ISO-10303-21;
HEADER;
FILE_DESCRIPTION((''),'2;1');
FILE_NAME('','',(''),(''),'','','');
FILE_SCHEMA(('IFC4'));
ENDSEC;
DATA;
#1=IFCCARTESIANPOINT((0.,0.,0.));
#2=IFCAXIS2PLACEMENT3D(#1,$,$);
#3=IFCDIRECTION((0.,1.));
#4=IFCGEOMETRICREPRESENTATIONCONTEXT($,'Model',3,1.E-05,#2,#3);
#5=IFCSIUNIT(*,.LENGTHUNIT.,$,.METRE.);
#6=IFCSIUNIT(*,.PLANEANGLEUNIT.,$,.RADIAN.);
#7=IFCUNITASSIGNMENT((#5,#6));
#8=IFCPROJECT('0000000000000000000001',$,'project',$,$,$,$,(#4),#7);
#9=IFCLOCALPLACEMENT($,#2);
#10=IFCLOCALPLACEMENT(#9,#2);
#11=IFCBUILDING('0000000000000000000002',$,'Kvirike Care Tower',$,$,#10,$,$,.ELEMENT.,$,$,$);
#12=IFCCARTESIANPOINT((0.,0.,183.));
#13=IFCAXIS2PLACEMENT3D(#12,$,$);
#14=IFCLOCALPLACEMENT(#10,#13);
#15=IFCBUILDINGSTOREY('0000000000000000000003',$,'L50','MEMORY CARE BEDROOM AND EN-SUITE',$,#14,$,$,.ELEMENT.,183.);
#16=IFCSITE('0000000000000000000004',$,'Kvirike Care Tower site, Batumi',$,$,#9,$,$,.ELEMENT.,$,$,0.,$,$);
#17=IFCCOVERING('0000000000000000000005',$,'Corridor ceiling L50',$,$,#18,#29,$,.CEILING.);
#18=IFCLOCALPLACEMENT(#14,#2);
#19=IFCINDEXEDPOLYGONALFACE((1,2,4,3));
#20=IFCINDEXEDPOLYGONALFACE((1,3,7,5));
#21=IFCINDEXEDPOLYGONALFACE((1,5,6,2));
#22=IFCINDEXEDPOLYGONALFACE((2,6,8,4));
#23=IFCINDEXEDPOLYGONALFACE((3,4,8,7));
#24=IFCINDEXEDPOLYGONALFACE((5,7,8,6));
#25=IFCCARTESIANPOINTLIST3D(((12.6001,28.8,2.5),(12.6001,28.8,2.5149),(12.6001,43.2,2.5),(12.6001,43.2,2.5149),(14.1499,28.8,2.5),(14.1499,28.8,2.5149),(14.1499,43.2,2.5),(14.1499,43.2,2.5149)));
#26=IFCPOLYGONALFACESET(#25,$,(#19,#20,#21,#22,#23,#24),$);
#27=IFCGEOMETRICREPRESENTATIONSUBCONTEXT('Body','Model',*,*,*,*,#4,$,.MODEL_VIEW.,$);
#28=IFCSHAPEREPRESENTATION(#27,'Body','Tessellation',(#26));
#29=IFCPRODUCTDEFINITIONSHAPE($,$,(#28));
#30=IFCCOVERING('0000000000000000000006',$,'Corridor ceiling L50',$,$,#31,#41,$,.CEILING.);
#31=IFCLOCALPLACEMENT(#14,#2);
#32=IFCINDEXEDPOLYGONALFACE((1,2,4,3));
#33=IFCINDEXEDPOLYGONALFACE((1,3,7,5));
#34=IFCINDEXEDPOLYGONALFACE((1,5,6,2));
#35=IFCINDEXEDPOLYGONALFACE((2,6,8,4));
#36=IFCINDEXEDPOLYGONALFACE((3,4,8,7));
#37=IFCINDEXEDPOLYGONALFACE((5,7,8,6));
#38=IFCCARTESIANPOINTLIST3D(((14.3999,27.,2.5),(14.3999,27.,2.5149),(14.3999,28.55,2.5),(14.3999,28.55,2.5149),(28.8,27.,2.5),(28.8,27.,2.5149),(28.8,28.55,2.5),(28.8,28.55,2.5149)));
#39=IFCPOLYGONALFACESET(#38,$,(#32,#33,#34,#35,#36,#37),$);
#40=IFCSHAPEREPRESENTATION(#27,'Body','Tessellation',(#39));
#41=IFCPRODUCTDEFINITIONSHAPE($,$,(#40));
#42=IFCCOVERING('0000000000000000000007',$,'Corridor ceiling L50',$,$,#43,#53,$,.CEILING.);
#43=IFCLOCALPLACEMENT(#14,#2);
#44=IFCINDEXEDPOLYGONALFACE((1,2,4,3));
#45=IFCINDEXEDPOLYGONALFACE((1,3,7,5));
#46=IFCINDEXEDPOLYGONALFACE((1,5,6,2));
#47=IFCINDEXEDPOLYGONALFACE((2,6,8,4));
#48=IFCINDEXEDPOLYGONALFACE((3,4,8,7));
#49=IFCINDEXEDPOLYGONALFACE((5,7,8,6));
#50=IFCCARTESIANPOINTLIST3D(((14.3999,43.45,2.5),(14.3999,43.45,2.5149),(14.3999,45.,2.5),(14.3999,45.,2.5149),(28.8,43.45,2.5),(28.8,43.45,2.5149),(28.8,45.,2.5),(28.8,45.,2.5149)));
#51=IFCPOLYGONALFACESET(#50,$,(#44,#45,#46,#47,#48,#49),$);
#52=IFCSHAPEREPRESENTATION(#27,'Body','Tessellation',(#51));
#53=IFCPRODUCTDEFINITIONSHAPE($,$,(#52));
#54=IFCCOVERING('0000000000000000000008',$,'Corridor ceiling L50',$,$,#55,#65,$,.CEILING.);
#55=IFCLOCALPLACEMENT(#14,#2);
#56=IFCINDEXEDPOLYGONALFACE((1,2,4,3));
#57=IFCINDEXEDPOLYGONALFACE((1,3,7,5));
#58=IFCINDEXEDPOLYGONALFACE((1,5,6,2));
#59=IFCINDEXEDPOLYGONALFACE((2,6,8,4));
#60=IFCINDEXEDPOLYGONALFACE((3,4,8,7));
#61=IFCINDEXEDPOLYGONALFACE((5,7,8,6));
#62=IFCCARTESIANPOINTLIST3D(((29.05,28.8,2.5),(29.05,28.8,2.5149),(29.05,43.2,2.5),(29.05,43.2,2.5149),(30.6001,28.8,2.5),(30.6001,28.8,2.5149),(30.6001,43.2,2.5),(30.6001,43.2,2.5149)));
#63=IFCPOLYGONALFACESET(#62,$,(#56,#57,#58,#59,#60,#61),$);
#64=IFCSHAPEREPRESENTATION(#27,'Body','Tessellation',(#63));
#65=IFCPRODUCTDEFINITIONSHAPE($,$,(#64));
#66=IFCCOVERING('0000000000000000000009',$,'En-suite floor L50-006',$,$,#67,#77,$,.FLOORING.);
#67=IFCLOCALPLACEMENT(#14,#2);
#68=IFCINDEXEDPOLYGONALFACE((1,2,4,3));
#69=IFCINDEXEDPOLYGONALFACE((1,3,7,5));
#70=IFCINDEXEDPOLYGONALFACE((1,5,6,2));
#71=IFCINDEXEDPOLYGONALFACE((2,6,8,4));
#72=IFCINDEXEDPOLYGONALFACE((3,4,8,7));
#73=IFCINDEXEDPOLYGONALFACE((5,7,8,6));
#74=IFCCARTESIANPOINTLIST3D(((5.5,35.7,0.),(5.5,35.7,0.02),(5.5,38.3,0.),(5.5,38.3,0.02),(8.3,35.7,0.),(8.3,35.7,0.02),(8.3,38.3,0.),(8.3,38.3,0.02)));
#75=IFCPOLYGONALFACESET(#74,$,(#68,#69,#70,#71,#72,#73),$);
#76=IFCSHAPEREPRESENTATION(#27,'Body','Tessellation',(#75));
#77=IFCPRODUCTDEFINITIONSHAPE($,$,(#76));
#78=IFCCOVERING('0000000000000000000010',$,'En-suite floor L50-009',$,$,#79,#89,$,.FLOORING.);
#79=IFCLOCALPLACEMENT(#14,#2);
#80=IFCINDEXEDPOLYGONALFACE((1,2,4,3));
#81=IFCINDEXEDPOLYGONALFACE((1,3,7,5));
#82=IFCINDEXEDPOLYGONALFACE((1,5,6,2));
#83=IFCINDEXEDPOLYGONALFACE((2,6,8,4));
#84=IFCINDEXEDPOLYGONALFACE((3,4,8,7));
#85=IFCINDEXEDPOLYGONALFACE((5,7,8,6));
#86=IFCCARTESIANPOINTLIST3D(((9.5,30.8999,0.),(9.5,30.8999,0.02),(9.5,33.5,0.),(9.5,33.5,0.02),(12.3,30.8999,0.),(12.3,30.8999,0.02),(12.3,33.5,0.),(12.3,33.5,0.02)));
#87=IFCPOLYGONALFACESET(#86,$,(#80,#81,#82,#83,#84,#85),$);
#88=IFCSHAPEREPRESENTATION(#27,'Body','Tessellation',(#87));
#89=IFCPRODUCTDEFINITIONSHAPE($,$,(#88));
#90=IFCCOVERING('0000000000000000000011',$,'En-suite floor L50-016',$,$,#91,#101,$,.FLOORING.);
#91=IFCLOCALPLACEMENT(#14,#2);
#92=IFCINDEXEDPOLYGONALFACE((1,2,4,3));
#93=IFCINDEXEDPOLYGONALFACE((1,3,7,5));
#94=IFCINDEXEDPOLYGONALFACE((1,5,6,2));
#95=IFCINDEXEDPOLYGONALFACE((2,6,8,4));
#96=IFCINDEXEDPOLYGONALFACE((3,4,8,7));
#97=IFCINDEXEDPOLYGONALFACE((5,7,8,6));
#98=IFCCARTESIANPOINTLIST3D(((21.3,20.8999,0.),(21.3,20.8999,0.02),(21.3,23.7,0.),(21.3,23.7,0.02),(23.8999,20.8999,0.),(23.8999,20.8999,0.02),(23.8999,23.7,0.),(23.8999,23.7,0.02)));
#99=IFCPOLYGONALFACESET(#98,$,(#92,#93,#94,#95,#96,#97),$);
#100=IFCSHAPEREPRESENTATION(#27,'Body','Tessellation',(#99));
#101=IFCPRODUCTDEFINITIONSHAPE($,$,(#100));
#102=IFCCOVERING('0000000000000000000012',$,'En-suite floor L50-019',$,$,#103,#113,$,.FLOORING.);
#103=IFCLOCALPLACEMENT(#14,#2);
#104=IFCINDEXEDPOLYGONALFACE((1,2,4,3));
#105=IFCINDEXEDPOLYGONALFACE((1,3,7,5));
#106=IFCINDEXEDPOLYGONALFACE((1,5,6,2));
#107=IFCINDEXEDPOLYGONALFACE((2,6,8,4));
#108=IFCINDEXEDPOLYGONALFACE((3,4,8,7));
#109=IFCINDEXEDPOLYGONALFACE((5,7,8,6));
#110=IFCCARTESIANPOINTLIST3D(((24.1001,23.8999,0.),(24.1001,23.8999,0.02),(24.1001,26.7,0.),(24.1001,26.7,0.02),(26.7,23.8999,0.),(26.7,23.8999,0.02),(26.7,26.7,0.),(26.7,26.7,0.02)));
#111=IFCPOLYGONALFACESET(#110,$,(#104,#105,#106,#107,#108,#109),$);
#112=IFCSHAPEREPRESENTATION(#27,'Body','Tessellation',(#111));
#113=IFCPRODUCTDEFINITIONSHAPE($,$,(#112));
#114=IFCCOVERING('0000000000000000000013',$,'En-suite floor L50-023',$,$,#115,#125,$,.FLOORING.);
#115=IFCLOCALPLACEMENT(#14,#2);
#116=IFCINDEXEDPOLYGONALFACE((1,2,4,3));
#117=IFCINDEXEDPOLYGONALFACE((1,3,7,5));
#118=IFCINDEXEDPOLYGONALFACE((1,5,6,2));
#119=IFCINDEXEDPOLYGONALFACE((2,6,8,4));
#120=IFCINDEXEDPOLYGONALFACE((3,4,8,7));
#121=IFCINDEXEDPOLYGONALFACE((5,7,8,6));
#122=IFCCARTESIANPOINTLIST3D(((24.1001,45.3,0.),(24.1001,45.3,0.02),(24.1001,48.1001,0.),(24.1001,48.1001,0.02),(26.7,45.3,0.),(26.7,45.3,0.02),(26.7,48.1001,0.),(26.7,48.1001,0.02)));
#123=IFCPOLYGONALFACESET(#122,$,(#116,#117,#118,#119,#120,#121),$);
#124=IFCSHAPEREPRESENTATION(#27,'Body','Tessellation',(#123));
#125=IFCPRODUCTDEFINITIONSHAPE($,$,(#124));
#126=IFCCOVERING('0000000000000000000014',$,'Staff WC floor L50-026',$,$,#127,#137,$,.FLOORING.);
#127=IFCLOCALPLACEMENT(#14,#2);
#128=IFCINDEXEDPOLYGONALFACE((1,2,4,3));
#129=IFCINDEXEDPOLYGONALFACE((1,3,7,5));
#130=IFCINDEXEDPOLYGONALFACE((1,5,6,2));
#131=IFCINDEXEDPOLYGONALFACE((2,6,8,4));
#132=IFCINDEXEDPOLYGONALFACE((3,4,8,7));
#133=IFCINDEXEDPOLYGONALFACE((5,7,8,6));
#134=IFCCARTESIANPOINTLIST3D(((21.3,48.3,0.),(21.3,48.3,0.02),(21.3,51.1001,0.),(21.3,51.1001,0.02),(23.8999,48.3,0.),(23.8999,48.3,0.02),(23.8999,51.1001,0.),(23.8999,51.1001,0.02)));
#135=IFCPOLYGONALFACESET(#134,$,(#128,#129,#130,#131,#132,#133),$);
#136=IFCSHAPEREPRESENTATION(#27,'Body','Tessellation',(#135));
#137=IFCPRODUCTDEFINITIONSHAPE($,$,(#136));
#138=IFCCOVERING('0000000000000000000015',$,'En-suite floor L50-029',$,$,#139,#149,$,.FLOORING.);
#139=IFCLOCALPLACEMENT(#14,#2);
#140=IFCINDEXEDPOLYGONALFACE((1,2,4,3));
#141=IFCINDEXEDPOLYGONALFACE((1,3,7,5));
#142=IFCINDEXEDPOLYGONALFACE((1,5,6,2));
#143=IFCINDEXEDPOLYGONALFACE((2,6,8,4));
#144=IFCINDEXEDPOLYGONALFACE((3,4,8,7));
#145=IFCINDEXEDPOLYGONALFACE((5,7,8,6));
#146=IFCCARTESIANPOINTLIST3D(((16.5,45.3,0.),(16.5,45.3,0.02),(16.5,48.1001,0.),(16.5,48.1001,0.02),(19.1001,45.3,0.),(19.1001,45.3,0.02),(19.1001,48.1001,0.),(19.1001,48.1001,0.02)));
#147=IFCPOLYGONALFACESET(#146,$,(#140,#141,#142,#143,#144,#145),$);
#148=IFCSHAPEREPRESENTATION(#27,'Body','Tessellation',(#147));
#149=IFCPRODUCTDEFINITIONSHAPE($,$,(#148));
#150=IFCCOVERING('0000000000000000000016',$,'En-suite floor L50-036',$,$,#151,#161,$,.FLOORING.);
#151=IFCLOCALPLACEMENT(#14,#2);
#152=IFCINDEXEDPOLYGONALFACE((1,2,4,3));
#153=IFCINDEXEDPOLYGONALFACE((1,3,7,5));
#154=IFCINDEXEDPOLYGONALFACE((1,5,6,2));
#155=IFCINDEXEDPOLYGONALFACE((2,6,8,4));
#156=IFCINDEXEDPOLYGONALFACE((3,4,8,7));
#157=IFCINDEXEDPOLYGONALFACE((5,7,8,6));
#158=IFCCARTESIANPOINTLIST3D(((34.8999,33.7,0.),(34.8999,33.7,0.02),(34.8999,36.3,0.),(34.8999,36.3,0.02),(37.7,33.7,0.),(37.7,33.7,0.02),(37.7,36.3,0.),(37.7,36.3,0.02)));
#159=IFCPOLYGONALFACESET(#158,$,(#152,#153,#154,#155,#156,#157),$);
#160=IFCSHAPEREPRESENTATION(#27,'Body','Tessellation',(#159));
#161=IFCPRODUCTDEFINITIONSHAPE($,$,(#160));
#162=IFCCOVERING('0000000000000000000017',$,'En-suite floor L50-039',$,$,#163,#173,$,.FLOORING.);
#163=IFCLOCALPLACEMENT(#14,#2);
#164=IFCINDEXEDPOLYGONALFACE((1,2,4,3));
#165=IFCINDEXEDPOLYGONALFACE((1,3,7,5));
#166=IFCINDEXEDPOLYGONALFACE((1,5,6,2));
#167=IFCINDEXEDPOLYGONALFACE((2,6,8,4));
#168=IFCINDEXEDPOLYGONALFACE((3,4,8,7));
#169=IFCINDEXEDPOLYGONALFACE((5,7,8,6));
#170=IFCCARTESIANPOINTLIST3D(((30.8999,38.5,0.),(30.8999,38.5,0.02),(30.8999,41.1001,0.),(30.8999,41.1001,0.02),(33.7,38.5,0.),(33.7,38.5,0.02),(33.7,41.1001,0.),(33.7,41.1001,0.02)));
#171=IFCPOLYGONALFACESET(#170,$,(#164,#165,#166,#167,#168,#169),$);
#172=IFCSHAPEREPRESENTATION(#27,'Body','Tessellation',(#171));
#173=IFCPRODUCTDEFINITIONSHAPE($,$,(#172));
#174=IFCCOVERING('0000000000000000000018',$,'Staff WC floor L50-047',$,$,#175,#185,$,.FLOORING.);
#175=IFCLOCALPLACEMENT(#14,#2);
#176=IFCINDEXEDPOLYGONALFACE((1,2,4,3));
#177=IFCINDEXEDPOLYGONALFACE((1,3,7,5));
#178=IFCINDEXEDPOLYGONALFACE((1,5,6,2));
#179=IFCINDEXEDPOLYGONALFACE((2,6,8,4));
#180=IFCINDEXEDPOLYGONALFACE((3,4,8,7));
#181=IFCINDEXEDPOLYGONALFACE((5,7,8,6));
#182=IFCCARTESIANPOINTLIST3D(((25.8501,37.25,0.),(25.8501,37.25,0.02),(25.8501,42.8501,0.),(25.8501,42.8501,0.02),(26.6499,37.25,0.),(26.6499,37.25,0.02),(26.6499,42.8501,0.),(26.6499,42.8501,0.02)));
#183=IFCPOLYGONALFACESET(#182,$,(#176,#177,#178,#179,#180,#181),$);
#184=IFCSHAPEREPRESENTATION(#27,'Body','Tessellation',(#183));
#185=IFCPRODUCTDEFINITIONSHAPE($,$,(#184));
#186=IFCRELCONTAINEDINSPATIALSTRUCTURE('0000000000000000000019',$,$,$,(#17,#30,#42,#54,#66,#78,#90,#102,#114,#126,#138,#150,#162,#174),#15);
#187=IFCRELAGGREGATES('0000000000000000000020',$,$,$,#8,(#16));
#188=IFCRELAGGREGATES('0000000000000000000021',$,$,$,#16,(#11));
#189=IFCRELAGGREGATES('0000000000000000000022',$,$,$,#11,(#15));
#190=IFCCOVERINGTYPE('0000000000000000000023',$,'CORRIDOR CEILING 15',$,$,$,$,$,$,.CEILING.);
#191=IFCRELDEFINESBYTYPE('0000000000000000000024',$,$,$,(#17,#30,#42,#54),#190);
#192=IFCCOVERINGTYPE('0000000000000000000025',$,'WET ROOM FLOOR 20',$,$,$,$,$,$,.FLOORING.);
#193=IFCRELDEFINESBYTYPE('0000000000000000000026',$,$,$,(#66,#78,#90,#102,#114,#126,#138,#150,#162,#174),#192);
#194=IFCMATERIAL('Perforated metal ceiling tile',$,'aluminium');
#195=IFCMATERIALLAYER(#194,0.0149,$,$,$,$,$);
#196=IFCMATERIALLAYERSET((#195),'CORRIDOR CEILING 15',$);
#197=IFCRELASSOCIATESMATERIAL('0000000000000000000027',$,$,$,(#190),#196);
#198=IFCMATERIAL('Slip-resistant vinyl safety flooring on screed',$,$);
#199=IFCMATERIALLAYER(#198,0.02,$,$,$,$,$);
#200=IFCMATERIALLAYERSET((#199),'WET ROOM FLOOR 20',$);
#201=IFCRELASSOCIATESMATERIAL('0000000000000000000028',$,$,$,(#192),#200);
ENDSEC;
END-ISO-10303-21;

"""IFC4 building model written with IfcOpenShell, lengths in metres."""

from ifc_helpers import new_model, si_unit, direction, frame, origin, place, context, subcontext, project, spatial, polyline, outline, extrude, material, layer, layer_set, type_object, element, save


model = new_model("IFC4")

# Units and contexts
model_context = context("Model", 3, precision=1e-05, world=origin(), true_north=direction((0.0, 1.0)))
body_context = subcontext(model_context, "Body", "Model", "MODEL_VIEW")
ifc_project = project(units=[si_unit("LENGTHUNIT", "METRE"), si_unit("PLANEANGLEUNIT", "RADIAN")], contexts=[model_context])

# Site, building, storey
site_placement = place(None, origin())
site = spatial("IfcSite", under=ifc_project, at=site_placement, Name="Kvirike Care Tower site, Batumi", CompositionType="ELEMENT", RefElevation=0.0)
building_placement = place(site_placement, origin())
building = spatial("IfcBuilding", under=site, at=building_placement, Name="Kvirike Care Tower", CompositionType="ELEMENT")
storey_placement = place(building_placement, frame((0.0, 0.0, 183.0)))
storey = spatial("IfcBuildingStorey", under=building, at=storey_placement, Name="L50", Description="MEMORY CARE BEDROOM AND EN-SUITE", CompositionType="ELEMENT", Elevation=183.0)

# Coverings
ifc_material_1 = material(Name="Perforated metal ceiling tile", Category="aluminium")
ifc_layer_1 = layer(ifc_material_1, 0.0149)
ifc_layer_set_1 = layer_set([ifc_layer_1], Name="CORRIDOR CEILING 15")
covering_type_1 = type_object("IfcCoveringType", Name="CORRIDOR CEILING 15", PredefinedType="CEILING", material=ifc_layer_set_1)
covering_1_placement = place(storey_placement, frame((0.0, 0.0, 2.5)))
element("IfcCovering", 1, at=covering_1_placement, inside=storey, type_object=covering_type_1, Name="Corridor ceiling L50", PredefinedType="CEILING", context=body_context, shape_type="SweptSolid", body=[
    extrude(outline(polyline([(12.6001, 43.2), (14.1499, 43.2), (14.1499, 28.8), (12.6001, 28.8), (12.6001, 43.2)])), origin(), (0.0, 0.0, 1.0), 0.0149),
])
covering_2_placement = place(storey_placement, frame((0.0, 0.0, 2.5)))
element("IfcCovering", 2, at=covering_2_placement, inside=storey, type_object=covering_type_1, Name="Corridor ceiling L50", PredefinedType="CEILING", context=body_context, shape_type="SweptSolid", body=[
    extrude(outline(polyline([(14.3999, 27.0), (14.3999, 28.55), (28.8, 28.55), (28.8, 27.0), (14.3999, 27.0)])), origin(), (0.0, 0.0, 1.0), 0.0149),
])
covering_3_placement = place(storey_placement, frame((0.0, 0.0, 2.5)))
element("IfcCovering", 3, at=covering_3_placement, inside=storey, type_object=covering_type_1, Name="Corridor ceiling L50", PredefinedType="CEILING", context=body_context, shape_type="SweptSolid", body=[
    extrude(outline(polyline([(28.8, 45.0), (28.8, 43.45), (14.3999, 43.45), (14.3999, 45.0), (28.8, 45.0)])), origin(), (0.0, 0.0, 1.0), 0.0149),
])
covering_4_placement = place(storey_placement, frame((0.0, 0.0, 2.5)))
element("IfcCovering", 4, at=covering_4_placement, inside=storey, type_object=covering_type_1, Name="Corridor ceiling L50", PredefinedType="CEILING", context=body_context, shape_type="SweptSolid", body=[
    extrude(outline(polyline([(30.6001, 28.8), (29.05, 28.8), (29.05, 43.2), (30.6001, 43.2), (30.6001, 28.8)])), origin(), (0.0, 0.0, 1.0), 0.0149),
])
ifc_material_2 = material(Name="Slip-resistant vinyl safety flooring on screed")
ifc_layer_2 = layer(ifc_material_2, 0.02)
ifc_layer_set_2 = layer_set([ifc_layer_2], Name="WET ROOM FLOOR 20")
covering_type_2 = type_object("IfcCoveringType", Name="WET ROOM FLOOR 20", PredefinedType="FLOORING", material=ifc_layer_set_2)
covering_5_placement = place(storey_placement, origin())
element("IfcCovering", 5, at=covering_5_placement, inside=storey, type_object=covering_type_2, Name="En-suite floor L50-006", PredefinedType="FLOORING", context=body_context, shape_type="SweptSolid", body=[
    extrude(outline(polyline([(5.5, 38.3), (8.3, 38.3), (8.3, 35.7), (5.5, 35.7), (5.5, 38.3)])), origin(), (0.0, 0.0, 1.0), 0.02),
])
covering_6_placement = place(storey_placement, origin())
element("IfcCovering", 6, at=covering_6_placement, inside=storey, type_object=covering_type_2, Name="En-suite floor L50-009", PredefinedType="FLOORING", context=body_context, shape_type="SweptSolid", body=[
    extrude(outline(polyline([(9.5, 33.5), (12.3, 33.5), (12.3, 30.8999), (9.5, 30.8999), (9.5, 33.5)])), origin(), (0.0, 0.0, 1.0), 0.02),
])
covering_7_placement = place(storey_placement, origin())
element("IfcCovering", 7, at=covering_7_placement, inside=storey, type_object=covering_type_2, Name="En-suite floor L50-016", PredefinedType="FLOORING", context=body_context, shape_type="SweptSolid", body=[
    extrude(outline(polyline([(21.3, 20.8999), (21.3, 23.7), (23.8999, 23.7), (23.8999, 20.8999), (21.3, 20.8999)])), origin(), (0.0, 0.0, 1.0), 0.02),
])
covering_8_placement = place(storey_placement, origin())
element("IfcCovering", 8, at=covering_8_placement, inside=storey, type_object=covering_type_2, Name="En-suite floor L50-019", PredefinedType="FLOORING", context=body_context, shape_type="SweptSolid", body=[
    extrude(outline(polyline([(24.1001, 23.8999), (24.1001, 26.7), (26.7, 26.7), (26.7, 23.8999), (24.1001, 23.8999)])), origin(), (0.0, 0.0, 1.0), 0.02),
])
covering_9_placement = place(storey_placement, origin())
element("IfcCovering", 9, at=covering_9_placement, inside=storey, type_object=covering_type_2, Name="En-suite floor L50-023", PredefinedType="FLOORING", context=body_context, shape_type="SweptSolid", body=[
    extrude(outline(polyline([(26.7, 48.1001), (26.7, 45.3), (24.1001, 45.3), (24.1001, 48.1001), (26.7, 48.1001)])), origin(), (0.0, 0.0, 1.0), 0.02),
])
covering_10_placement = place(storey_placement, origin())
element("IfcCovering", 10, at=covering_10_placement, inside=storey, type_object=covering_type_2, Name="Staff WC floor L50-026", PredefinedType="FLOORING", context=body_context, shape_type="SweptSolid", body=[
    extrude(outline(polyline([(23.8999, 51.1001), (23.8999, 48.3), (21.3, 48.3), (21.3, 51.1001), (23.8999, 51.1001)])), origin(), (0.0, 0.0, 1.0), 0.02),
])
covering_11_placement = place(storey_placement, origin())
element("IfcCovering", 11, at=covering_11_placement, inside=storey, type_object=covering_type_2, Name="En-suite floor L50-029", PredefinedType="FLOORING", context=body_context, shape_type="SweptSolid", body=[
    extrude(outline(polyline([(19.1001, 48.1001), (19.1001, 45.3), (16.5, 45.3), (16.5, 48.1001), (19.1001, 48.1001)])), origin(), (0.0, 0.0, 1.0), 0.02),
])
covering_12_placement = place(storey_placement, origin())
element("IfcCovering", 12, at=covering_12_placement, inside=storey, type_object=covering_type_2, Name="En-suite floor L50-036", PredefinedType="FLOORING", context=body_context, shape_type="SweptSolid", body=[
    extrude(outline(polyline([(37.7, 33.7), (34.8999, 33.7), (34.8999, 36.3), (37.7, 36.3), (37.7, 33.7)])), origin(), (0.0, 0.0, 1.0), 0.02),
])
covering_13_placement = place(storey_placement, origin())
element("IfcCovering", 13, at=covering_13_placement, inside=storey, type_object=covering_type_2, Name="En-suite floor L50-039", PredefinedType="FLOORING", context=body_context, shape_type="SweptSolid", body=[
    extrude(outline(polyline([(33.7, 38.5), (30.8999, 38.5), (30.8999, 41.1001), (33.7, 41.1001), (33.7, 38.5)])), origin(), (0.0, 0.0, 1.0), 0.02),
])
covering_14_placement = place(storey_placement, origin())
element("IfcCovering", 14, at=covering_14_placement, inside=storey, type_object=covering_type_2, Name="Staff WC floor L50-047", PredefinedType="FLOORING", context=body_context, shape_type="SweptSolid", body=[
    extrude(outline(polyline([(26.6499, 37.25), (25.8501, 37.25), (25.8501, 42.8501), (26.6499, 42.8501), (26.6499, 37.25)])), origin(), (0.0, 0.0, 1.0), 0.02),
])

save(model, "model.ifc")
